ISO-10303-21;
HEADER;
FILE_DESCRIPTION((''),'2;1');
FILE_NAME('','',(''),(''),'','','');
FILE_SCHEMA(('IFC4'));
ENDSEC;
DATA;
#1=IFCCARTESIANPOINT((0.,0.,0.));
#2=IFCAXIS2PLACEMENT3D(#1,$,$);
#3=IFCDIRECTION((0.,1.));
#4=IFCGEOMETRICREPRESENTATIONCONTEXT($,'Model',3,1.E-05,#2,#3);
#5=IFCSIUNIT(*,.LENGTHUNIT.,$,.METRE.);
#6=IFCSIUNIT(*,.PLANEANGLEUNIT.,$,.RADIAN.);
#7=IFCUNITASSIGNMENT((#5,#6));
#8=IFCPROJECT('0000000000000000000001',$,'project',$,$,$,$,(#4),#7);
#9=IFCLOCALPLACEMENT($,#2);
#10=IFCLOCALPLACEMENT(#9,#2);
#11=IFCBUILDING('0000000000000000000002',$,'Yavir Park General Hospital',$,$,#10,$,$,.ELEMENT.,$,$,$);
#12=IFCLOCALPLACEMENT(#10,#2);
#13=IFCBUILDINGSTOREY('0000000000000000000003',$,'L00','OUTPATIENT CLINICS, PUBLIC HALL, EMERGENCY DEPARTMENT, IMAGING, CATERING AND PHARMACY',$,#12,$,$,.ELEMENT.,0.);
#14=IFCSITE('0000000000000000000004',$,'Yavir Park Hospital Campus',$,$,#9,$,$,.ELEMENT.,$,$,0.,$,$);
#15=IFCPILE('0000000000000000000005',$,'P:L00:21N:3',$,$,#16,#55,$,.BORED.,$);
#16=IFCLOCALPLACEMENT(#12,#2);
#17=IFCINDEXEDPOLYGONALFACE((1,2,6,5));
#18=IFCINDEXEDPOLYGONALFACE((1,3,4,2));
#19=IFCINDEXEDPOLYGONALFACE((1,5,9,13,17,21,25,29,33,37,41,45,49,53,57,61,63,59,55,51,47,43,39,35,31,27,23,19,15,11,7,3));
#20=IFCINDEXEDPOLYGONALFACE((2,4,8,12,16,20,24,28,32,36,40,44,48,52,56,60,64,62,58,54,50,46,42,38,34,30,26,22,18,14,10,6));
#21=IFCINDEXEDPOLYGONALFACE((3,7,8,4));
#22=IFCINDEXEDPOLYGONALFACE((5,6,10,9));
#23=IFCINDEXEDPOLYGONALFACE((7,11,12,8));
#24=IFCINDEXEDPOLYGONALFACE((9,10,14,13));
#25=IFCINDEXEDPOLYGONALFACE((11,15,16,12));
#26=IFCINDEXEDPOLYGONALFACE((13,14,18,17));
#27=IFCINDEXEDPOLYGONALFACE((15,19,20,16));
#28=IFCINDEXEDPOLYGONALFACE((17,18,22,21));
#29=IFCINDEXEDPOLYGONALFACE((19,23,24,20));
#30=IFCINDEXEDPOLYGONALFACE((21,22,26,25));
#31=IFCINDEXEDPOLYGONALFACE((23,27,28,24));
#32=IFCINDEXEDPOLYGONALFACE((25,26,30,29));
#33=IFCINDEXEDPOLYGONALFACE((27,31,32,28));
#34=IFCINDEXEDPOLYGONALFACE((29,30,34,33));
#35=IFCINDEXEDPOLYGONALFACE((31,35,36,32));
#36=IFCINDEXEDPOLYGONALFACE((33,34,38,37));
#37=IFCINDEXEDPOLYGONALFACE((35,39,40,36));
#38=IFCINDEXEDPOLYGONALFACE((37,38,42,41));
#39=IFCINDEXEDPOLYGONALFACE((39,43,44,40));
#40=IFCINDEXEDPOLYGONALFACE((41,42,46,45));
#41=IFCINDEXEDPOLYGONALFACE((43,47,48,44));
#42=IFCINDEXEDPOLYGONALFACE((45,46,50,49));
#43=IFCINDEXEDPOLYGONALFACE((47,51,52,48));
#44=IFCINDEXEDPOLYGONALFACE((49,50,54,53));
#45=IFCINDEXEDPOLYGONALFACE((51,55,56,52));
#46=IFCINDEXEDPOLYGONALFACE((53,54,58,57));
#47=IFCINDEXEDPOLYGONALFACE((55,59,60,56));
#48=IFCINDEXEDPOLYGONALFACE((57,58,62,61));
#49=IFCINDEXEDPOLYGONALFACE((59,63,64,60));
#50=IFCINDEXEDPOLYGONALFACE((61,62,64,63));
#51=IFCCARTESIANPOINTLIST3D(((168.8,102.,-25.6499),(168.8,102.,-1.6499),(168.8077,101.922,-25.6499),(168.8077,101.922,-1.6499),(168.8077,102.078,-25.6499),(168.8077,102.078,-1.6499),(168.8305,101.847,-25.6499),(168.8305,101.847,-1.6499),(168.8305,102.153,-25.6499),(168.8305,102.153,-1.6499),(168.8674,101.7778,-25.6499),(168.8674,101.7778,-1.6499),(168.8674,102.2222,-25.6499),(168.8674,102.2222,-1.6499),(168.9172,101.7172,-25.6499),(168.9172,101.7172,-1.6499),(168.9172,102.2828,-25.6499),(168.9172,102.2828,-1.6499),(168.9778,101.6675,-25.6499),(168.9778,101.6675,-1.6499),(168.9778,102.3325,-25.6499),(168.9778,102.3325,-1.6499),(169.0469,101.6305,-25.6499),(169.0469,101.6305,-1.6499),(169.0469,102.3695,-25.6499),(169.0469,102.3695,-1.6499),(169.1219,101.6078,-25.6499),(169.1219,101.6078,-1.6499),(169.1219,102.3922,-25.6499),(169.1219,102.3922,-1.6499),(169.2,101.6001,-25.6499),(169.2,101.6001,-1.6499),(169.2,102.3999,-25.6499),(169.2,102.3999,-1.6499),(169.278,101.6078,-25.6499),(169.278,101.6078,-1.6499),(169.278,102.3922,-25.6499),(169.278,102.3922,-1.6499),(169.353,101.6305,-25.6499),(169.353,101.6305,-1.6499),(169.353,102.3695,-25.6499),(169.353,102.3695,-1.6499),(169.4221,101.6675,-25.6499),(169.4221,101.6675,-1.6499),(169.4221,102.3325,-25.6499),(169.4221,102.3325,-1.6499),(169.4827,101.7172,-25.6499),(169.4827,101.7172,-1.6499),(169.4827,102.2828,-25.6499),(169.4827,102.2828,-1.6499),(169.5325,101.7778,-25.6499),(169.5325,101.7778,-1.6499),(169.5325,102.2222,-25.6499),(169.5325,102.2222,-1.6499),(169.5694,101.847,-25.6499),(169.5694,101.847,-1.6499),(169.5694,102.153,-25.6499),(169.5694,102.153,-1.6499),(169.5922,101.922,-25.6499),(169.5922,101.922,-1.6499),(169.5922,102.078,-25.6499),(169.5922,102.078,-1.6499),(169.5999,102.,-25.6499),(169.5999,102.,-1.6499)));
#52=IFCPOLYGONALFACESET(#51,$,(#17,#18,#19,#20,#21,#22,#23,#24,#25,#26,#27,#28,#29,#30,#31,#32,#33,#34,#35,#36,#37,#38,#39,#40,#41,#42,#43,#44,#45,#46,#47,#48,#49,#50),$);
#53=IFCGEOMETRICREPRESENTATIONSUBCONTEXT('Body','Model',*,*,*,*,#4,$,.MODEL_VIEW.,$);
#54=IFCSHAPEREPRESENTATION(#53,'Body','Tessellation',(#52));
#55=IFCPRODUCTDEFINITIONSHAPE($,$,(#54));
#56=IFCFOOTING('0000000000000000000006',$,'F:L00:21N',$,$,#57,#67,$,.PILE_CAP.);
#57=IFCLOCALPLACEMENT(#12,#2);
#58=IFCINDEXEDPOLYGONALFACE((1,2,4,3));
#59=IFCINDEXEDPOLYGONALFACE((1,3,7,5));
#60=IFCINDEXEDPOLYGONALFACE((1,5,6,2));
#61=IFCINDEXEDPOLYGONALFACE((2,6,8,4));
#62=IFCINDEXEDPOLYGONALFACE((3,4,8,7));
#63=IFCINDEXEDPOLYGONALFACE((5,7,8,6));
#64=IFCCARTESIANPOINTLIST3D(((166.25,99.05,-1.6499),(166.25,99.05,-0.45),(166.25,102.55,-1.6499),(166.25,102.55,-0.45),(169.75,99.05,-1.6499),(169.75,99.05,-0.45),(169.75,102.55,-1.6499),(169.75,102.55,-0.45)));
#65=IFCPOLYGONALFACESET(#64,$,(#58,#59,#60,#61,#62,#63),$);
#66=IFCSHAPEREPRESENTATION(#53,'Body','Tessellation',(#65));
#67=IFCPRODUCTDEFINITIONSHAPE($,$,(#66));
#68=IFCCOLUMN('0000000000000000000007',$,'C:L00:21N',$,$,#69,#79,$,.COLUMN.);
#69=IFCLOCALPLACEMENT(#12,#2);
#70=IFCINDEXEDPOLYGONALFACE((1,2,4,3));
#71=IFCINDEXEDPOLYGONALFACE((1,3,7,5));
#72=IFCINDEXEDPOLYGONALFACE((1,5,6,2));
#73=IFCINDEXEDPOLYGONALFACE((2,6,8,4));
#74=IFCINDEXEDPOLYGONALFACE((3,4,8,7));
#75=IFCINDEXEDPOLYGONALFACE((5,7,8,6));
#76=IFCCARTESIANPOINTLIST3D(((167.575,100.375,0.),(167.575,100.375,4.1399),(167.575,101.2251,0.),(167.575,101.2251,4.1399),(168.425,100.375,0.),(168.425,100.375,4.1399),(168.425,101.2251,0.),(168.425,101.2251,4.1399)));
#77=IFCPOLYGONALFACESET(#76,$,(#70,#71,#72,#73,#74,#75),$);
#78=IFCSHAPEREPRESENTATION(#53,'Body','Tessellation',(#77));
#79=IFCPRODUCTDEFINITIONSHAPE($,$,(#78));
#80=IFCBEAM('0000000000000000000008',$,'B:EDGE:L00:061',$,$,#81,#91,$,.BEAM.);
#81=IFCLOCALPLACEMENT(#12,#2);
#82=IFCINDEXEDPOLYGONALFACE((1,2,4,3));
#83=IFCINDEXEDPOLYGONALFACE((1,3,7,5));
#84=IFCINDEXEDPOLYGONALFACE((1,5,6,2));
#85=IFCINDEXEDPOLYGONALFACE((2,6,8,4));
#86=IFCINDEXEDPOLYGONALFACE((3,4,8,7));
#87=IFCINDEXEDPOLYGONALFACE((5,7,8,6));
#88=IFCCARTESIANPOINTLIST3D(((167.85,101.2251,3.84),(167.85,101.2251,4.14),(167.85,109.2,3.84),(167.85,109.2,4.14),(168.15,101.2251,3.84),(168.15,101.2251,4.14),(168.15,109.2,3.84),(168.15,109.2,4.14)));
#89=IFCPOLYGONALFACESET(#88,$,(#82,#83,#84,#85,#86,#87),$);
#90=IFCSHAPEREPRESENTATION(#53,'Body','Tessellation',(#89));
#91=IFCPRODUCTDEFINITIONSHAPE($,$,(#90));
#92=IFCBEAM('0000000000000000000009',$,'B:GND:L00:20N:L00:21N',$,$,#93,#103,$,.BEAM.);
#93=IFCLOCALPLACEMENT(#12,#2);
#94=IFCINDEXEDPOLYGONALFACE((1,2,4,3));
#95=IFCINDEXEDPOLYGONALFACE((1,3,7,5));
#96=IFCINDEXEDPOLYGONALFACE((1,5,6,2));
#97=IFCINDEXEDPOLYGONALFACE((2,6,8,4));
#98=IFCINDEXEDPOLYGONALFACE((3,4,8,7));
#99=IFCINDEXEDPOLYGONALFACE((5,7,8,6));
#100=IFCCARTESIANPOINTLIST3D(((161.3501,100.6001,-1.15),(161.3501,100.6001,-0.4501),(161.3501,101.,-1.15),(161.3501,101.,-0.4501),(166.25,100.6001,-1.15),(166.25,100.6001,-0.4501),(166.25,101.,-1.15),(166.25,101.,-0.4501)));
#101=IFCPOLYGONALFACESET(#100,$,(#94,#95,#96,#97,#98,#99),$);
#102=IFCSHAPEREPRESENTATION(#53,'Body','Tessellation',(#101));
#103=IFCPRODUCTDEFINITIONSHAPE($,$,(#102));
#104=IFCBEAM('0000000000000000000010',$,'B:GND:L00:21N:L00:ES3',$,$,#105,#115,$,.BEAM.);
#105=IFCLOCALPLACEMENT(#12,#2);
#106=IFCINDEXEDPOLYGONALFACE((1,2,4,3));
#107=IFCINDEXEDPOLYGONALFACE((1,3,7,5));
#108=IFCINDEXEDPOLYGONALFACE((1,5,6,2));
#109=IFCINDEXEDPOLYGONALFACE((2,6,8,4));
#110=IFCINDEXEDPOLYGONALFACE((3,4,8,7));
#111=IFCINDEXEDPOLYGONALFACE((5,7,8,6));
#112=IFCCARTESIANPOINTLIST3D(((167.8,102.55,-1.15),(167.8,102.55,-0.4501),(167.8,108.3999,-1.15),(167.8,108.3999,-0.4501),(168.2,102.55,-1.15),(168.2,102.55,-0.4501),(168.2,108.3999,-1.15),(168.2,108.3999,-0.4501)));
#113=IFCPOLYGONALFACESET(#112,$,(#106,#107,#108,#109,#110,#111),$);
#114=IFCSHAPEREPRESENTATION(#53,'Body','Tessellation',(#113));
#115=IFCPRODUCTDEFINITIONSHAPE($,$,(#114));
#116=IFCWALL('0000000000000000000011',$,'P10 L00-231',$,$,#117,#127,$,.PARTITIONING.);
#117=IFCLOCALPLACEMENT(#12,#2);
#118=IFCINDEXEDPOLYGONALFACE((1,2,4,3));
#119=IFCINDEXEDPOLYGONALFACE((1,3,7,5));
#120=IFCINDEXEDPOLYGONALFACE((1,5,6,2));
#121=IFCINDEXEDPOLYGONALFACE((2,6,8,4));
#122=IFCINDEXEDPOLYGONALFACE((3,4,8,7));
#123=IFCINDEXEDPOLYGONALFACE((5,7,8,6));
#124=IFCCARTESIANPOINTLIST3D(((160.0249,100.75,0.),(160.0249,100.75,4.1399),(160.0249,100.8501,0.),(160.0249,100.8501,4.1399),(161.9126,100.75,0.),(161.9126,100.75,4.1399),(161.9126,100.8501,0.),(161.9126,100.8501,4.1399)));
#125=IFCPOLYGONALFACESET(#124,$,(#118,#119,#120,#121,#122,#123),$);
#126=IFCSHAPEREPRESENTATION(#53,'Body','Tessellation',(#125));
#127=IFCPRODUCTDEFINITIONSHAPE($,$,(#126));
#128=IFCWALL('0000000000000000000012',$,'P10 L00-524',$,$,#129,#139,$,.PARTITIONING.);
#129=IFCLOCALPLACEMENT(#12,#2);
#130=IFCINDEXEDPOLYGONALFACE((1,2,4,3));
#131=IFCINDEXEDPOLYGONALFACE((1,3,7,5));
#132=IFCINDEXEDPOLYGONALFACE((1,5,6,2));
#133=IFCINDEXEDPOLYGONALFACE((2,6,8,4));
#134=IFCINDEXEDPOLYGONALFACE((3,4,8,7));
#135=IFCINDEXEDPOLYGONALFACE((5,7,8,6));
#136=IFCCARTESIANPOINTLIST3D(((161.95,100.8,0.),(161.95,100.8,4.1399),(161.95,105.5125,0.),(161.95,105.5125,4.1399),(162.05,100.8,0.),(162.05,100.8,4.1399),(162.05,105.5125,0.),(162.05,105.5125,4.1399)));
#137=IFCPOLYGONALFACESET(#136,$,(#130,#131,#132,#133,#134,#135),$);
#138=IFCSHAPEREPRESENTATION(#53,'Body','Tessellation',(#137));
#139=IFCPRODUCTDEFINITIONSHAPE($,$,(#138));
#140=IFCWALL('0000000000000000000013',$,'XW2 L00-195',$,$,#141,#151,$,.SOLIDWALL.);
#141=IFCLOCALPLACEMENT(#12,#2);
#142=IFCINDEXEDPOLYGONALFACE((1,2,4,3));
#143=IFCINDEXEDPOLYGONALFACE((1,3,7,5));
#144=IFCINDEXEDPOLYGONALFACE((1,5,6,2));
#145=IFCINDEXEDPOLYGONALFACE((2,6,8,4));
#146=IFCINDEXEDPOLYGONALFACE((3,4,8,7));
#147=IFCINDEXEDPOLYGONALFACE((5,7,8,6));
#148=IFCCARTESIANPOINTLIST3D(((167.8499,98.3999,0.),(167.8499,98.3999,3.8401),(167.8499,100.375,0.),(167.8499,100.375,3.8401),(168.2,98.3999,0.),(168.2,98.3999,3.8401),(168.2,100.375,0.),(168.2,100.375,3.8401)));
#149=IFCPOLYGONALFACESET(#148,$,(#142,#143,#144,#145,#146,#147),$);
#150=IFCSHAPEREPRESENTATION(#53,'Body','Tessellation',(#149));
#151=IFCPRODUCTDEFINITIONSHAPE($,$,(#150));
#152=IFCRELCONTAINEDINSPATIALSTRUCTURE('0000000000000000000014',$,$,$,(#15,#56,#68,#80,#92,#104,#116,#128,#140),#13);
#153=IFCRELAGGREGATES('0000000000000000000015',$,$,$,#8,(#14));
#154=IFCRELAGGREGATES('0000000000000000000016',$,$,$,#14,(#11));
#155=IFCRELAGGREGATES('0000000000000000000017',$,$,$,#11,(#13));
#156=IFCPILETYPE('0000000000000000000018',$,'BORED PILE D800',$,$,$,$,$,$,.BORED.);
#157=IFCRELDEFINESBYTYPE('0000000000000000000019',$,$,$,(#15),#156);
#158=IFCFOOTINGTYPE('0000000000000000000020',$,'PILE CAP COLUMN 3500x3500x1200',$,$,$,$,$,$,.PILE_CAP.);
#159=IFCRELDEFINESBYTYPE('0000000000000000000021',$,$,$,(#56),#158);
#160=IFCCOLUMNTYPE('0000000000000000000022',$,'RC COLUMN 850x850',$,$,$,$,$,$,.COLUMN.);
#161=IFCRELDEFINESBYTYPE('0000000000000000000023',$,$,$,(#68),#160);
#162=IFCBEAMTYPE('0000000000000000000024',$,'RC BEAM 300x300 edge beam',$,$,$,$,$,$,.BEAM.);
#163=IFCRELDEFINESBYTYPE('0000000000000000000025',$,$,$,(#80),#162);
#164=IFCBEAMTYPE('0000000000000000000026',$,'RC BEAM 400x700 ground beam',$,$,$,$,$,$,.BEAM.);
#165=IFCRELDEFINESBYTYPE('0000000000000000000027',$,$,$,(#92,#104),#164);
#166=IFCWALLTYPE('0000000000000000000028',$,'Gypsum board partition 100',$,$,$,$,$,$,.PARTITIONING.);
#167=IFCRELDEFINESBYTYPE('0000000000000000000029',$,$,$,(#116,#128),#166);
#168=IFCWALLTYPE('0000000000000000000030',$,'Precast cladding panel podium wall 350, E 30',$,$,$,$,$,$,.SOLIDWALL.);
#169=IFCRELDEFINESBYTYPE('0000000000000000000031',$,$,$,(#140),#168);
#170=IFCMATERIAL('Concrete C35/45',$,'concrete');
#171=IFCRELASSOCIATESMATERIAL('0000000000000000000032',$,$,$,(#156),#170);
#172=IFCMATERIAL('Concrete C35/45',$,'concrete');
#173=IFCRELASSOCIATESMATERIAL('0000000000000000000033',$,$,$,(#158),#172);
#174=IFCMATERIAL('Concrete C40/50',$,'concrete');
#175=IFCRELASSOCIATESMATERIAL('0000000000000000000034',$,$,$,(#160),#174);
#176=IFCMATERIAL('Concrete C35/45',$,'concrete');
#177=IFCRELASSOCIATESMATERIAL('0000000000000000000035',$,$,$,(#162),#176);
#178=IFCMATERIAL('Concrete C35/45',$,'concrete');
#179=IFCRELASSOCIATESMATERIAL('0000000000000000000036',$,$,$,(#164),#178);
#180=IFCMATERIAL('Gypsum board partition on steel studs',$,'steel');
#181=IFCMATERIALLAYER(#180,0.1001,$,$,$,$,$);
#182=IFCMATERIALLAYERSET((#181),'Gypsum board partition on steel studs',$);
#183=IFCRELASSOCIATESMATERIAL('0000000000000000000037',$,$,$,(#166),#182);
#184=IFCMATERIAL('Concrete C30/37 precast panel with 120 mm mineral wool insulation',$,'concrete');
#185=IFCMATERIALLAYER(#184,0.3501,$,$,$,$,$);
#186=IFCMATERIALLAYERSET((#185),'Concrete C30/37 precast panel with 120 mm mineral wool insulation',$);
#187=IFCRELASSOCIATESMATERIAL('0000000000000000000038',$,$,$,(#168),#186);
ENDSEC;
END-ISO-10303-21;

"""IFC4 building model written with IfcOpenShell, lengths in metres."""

from ifc_helpers import new_model, si_unit, direction, frame, frame_2d, origin, origin_2d, place, context, subcontext, project, spatial, rectangle, circle, extrude, material, layer, layer_set, material_profile, profile_set, type_object, element, save


model = new_model("IFC4")

# Units and contexts
model_context = context("Model", 3, precision=1e-05, world=origin(), true_north=direction((0.0, 1.0)))
body_context = subcontext(model_context, "Body", "Model", "MODEL_VIEW")
ifc_project = project(units=[si_unit("LENGTHUNIT", "METRE"), si_unit("PLANEANGLEUNIT", "RADIAN")], contexts=[model_context])

# Site, building, storey
site_placement = place(None, origin())
site = spatial("IfcSite", under=ifc_project, at=site_placement, Name="Yavir Park Hospital Campus", CompositionType="ELEMENT", RefElevation=0.0)
building_placement = place(site_placement, origin())
building = spatial("IfcBuilding", under=site, at=building_placement, Name="Yavir Park General Hospital", CompositionType="ELEMENT")
storey_placement = place(building_placement, origin())
storey = spatial("IfcBuildingStorey", under=building, at=storey_placement, Name="L00", Description="OUTPATIENT CLINICS, PUBLIC HALL, EMERGENCY DEPARTMENT, IMAGING, CATERING AND PHARMACY", CompositionType="ELEMENT", Elevation=0.0)

# Pile
ifc_material_1 = material(Name="Concrete C35/45", Category="concrete")
ifc_material_profile_1 = material_profile(ifc_material_1, circle(Radius=0.3999, at=origin_2d()), Name="D800")
ifc_profile_set_1 = profile_set([ifc_material_profile_1], Name="Concrete C35/45")
pile_type = type_object("IfcPileType", Name="BORED PILE D800", PredefinedType="BORED", material=ifc_profile_set_1)
for number, where, z_axis, x_axis, name in (
    (1, (169.2, 102.0, -1.6499), (0.0, 0.0, -1.0), (1.0, 0.0, 0.0), "P:L00:21N:3"),
):
    element("IfcPile", number, at=place(storey_placement, frame(where, z_axis=z_axis, x_axis=x_axis)), inside=storey, type_object=pile_type, Name=name, PredefinedType="BORED", context=body_context, shape_type="SweptSolid", body=[
        extrude(circle(Radius=0.3999, at=origin_2d()), origin(), (0.0, 0.0, 1.0), 24.0),
    ])

# Footing
ifc_material_2 = material(Name="Concrete C35/45", Category="concrete")
footing_type = type_object("IfcFootingType", Name="PILE CAP COLUMN 3500x3500x1200", PredefinedType="PILE_CAP", material=ifc_material_2)
footing_placement = place(storey_placement, frame((168.0, 100.8, -1.6499), z_axis=(0.0, 0.0, 1.0), x_axis=(1.0, 0.0, 0.0)))
element("IfcFooting", 2, at=footing_placement, inside=storey, type_object=footing_type, Name="F:L00:21N", PredefinedType="PILE_CAP", context=body_context, shape_type="SweptSolid", body=[
    extrude(rectangle(XDim=3.5, YDim=3.5, at=origin_2d()), origin(), (0.0, 0.0, 1.0), 1.2),
])

# Column
ifc_material_3 = material(Name="Concrete C40/50", Category="concrete")
ifc_material_profile_2 = material_profile(ifc_material_3, rectangle(XDim=0.8501, YDim=0.8501, at=origin_2d()), Name="RC850x850")
ifc_profile_set_2 = profile_set([ifc_material_profile_2], Name="Concrete C40/50")
column_type = type_object("IfcColumnType", Name="RC COLUMN 850x850", PredefinedType="COLUMN", material=ifc_profile_set_2)
column_placement = place(storey_placement, frame((168.0, 100.8, 0.0), z_axis=(0.0, 0.0, 1.0), x_axis=(1.0, 0.0, 0.0)))
element("IfcColumn", 3, at=column_placement, inside=storey, type_object=column_type, Name="C:L00:21N", PredefinedType="COLUMN", context=body_context, shape_type="SweptSolid", body=[
    extrude(rectangle(XDim=0.8501, YDim=0.8501, at=origin_2d()), origin(), (0.0, 0.0, 1.0), 4.1399),
])

# Beams
ifc_material_4 = material(Name="Concrete C35/45", Category="concrete")
ifc_material_profile_3 = material_profile(ifc_material_4, rectangle(XDim=0.3, YDim=0.3, at=origin_2d()), Name="RC300x300")
ifc_profile_set_3 = profile_set([ifc_material_profile_3], Name="Concrete C35/45")
beam_type_1 = type_object("IfcBeamType", Name="RC BEAM 300x300 edge beam", PredefinedType="BEAM", material=ifc_profile_set_3)
beam_1_placement = place(storey_placement, frame((168.0, 101.2251, 3.99), z_axis=(0.0, 1.0, 0.0), x_axis=(-1.0, 0.0, 0.0)))
element("IfcBeam", 4, at=beam_1_placement, inside=storey, type_object=beam_type_1, Name="B:EDGE:L00:061", PredefinedType="BEAM", context=body_context, shape_type="SweptSolid", body=[
    extrude(rectangle(XDim=0.3, YDim=0.3, at=origin_2d()), origin(), (0.0, 0.0, 1.0), 7.9749),
])
ifc_material_5 = material(Name="Concrete C35/45", Category="concrete")
ifc_material_profile_4 = material_profile(ifc_material_5, rectangle(XDim=0.3999, YDim=0.7, at=origin_2d()), Name="RC400x700")
ifc_profile_set_4 = profile_set([ifc_material_profile_4], Name="Concrete C35/45")
beam_type_2 = type_object("IfcBeamType", Name="RC BEAM 400x700 ground beam", PredefinedType="BEAM", material=ifc_profile_set_4)
beam_2_placement = place(storey_placement, frame((161.3501, 100.8, -0.8), z_axis=(1.0, 0.0, 0.0), x_axis=(0.0, 1.0, 0.0)))
element("IfcBeam", 5, at=beam_2_placement, inside=storey, type_object=beam_type_2, Name="B:GND:L00:20N:L00:21N", PredefinedType="BEAM", context=body_context, shape_type="SweptSolid", body=[
    extrude(rectangle(XDim=0.3999, YDim=0.7, at=origin_2d()), origin(), (0.0, 0.0, 1.0), 4.8999),
])
beam_3_placement = place(storey_placement, frame((168.0, 102.55, -0.8), z_axis=(0.0, 1.0, 0.0), x_axis=(-1.0, 0.0, 0.0)))
element("IfcBeam", 6, at=beam_3_placement, inside=storey, type_object=beam_type_2, Name="B:GND:L00:21N:L00:ES3", PredefinedType="BEAM", context=body_context, shape_type="SweptSolid", body=[
    extrude(rectangle(XDim=0.3999, YDim=0.7, at=origin_2d()), origin(), (0.0, 0.0, 1.0), 5.8499),
])

# Walls
ifc_material_6 = material(Name="Gypsum board partition on steel studs", Category="steel")
ifc_layer_1 = layer(ifc_material_6, 0.1001)
ifc_layer_set_1 = layer_set([ifc_layer_1], Name="Gypsum board partition on steel studs")
wall_type_1 = type_object("IfcWallType", Name="Gypsum board partition 100", PredefinedType="PARTITIONING", material=ifc_layer_set_1)
wall_1_placement = place(storey_placement, frame((160.0249, 100.8, 0.0), z_axis=(0.0, 0.0, 1.0), x_axis=(1.0, 0.0, 0.0)))
element("IfcWall", 7, at=wall_1_placement, inside=storey, type_object=wall_type_1, Name="P10 L00-231", PredefinedType="PARTITIONING", context=body_context, shape_type="SweptSolid", body=[
    extrude(rectangle(XDim=1.8877, YDim=0.1001, at=frame_2d((0.9438, 0.0))), origin(), (0.0, 0.0, 1.0), 4.1399),
])
wall_2_placement = place(storey_placement, frame((162.0, 100.8, 0.0), z_axis=(0.0, 0.0, 1.0), x_axis=(0.0, 1.0, 0.0)))
element("IfcWall", 8, at=wall_2_placement, inside=storey, type_object=wall_type_1, Name="P10 L00-524", PredefinedType="PARTITIONING", context=body_context, shape_type="SweptSolid", body=[
    extrude(rectangle(XDim=4.7124, YDim=0.1001, at=frame_2d((2.3562, 0.0))), origin(), (0.0, 0.0, 1.0), 4.1399),
])
ifc_material_7 = material(Name="Concrete C30/37 precast panel with 120 mm mineral wool insulation", Category="concrete")
ifc_layer_2 = layer(ifc_material_7, 0.3501)
ifc_layer_set_2 = layer_set([ifc_layer_2], Name="Concrete C30/37 precast panel with 120 mm mineral wool insulation")
wall_type_2 = type_object("IfcWallType", Name="Precast cladding panel podium wall 350, E 30", PredefinedType="SOLIDWALL", material=ifc_layer_set_2)
wall_3_placement = place(storey_placement, frame((168.0249, 98.3999, 0.0), z_axis=(0.0, 0.0, 1.0), x_axis=(0.0, 1.0, 0.0)))
element("IfcWall", 9, at=wall_3_placement, inside=storey, type_object=wall_type_2, Name="XW2 L00-195", PredefinedType="SOLIDWALL", context=body_context, shape_type="SweptSolid", body=[
    extrude(rectangle(XDim=1.9751, YDim=0.3501, at=frame_2d((0.9875, 0.0))), origin(), (0.0, 0.0, 1.0), 3.8401),
])

save(model, "model.ifc")
